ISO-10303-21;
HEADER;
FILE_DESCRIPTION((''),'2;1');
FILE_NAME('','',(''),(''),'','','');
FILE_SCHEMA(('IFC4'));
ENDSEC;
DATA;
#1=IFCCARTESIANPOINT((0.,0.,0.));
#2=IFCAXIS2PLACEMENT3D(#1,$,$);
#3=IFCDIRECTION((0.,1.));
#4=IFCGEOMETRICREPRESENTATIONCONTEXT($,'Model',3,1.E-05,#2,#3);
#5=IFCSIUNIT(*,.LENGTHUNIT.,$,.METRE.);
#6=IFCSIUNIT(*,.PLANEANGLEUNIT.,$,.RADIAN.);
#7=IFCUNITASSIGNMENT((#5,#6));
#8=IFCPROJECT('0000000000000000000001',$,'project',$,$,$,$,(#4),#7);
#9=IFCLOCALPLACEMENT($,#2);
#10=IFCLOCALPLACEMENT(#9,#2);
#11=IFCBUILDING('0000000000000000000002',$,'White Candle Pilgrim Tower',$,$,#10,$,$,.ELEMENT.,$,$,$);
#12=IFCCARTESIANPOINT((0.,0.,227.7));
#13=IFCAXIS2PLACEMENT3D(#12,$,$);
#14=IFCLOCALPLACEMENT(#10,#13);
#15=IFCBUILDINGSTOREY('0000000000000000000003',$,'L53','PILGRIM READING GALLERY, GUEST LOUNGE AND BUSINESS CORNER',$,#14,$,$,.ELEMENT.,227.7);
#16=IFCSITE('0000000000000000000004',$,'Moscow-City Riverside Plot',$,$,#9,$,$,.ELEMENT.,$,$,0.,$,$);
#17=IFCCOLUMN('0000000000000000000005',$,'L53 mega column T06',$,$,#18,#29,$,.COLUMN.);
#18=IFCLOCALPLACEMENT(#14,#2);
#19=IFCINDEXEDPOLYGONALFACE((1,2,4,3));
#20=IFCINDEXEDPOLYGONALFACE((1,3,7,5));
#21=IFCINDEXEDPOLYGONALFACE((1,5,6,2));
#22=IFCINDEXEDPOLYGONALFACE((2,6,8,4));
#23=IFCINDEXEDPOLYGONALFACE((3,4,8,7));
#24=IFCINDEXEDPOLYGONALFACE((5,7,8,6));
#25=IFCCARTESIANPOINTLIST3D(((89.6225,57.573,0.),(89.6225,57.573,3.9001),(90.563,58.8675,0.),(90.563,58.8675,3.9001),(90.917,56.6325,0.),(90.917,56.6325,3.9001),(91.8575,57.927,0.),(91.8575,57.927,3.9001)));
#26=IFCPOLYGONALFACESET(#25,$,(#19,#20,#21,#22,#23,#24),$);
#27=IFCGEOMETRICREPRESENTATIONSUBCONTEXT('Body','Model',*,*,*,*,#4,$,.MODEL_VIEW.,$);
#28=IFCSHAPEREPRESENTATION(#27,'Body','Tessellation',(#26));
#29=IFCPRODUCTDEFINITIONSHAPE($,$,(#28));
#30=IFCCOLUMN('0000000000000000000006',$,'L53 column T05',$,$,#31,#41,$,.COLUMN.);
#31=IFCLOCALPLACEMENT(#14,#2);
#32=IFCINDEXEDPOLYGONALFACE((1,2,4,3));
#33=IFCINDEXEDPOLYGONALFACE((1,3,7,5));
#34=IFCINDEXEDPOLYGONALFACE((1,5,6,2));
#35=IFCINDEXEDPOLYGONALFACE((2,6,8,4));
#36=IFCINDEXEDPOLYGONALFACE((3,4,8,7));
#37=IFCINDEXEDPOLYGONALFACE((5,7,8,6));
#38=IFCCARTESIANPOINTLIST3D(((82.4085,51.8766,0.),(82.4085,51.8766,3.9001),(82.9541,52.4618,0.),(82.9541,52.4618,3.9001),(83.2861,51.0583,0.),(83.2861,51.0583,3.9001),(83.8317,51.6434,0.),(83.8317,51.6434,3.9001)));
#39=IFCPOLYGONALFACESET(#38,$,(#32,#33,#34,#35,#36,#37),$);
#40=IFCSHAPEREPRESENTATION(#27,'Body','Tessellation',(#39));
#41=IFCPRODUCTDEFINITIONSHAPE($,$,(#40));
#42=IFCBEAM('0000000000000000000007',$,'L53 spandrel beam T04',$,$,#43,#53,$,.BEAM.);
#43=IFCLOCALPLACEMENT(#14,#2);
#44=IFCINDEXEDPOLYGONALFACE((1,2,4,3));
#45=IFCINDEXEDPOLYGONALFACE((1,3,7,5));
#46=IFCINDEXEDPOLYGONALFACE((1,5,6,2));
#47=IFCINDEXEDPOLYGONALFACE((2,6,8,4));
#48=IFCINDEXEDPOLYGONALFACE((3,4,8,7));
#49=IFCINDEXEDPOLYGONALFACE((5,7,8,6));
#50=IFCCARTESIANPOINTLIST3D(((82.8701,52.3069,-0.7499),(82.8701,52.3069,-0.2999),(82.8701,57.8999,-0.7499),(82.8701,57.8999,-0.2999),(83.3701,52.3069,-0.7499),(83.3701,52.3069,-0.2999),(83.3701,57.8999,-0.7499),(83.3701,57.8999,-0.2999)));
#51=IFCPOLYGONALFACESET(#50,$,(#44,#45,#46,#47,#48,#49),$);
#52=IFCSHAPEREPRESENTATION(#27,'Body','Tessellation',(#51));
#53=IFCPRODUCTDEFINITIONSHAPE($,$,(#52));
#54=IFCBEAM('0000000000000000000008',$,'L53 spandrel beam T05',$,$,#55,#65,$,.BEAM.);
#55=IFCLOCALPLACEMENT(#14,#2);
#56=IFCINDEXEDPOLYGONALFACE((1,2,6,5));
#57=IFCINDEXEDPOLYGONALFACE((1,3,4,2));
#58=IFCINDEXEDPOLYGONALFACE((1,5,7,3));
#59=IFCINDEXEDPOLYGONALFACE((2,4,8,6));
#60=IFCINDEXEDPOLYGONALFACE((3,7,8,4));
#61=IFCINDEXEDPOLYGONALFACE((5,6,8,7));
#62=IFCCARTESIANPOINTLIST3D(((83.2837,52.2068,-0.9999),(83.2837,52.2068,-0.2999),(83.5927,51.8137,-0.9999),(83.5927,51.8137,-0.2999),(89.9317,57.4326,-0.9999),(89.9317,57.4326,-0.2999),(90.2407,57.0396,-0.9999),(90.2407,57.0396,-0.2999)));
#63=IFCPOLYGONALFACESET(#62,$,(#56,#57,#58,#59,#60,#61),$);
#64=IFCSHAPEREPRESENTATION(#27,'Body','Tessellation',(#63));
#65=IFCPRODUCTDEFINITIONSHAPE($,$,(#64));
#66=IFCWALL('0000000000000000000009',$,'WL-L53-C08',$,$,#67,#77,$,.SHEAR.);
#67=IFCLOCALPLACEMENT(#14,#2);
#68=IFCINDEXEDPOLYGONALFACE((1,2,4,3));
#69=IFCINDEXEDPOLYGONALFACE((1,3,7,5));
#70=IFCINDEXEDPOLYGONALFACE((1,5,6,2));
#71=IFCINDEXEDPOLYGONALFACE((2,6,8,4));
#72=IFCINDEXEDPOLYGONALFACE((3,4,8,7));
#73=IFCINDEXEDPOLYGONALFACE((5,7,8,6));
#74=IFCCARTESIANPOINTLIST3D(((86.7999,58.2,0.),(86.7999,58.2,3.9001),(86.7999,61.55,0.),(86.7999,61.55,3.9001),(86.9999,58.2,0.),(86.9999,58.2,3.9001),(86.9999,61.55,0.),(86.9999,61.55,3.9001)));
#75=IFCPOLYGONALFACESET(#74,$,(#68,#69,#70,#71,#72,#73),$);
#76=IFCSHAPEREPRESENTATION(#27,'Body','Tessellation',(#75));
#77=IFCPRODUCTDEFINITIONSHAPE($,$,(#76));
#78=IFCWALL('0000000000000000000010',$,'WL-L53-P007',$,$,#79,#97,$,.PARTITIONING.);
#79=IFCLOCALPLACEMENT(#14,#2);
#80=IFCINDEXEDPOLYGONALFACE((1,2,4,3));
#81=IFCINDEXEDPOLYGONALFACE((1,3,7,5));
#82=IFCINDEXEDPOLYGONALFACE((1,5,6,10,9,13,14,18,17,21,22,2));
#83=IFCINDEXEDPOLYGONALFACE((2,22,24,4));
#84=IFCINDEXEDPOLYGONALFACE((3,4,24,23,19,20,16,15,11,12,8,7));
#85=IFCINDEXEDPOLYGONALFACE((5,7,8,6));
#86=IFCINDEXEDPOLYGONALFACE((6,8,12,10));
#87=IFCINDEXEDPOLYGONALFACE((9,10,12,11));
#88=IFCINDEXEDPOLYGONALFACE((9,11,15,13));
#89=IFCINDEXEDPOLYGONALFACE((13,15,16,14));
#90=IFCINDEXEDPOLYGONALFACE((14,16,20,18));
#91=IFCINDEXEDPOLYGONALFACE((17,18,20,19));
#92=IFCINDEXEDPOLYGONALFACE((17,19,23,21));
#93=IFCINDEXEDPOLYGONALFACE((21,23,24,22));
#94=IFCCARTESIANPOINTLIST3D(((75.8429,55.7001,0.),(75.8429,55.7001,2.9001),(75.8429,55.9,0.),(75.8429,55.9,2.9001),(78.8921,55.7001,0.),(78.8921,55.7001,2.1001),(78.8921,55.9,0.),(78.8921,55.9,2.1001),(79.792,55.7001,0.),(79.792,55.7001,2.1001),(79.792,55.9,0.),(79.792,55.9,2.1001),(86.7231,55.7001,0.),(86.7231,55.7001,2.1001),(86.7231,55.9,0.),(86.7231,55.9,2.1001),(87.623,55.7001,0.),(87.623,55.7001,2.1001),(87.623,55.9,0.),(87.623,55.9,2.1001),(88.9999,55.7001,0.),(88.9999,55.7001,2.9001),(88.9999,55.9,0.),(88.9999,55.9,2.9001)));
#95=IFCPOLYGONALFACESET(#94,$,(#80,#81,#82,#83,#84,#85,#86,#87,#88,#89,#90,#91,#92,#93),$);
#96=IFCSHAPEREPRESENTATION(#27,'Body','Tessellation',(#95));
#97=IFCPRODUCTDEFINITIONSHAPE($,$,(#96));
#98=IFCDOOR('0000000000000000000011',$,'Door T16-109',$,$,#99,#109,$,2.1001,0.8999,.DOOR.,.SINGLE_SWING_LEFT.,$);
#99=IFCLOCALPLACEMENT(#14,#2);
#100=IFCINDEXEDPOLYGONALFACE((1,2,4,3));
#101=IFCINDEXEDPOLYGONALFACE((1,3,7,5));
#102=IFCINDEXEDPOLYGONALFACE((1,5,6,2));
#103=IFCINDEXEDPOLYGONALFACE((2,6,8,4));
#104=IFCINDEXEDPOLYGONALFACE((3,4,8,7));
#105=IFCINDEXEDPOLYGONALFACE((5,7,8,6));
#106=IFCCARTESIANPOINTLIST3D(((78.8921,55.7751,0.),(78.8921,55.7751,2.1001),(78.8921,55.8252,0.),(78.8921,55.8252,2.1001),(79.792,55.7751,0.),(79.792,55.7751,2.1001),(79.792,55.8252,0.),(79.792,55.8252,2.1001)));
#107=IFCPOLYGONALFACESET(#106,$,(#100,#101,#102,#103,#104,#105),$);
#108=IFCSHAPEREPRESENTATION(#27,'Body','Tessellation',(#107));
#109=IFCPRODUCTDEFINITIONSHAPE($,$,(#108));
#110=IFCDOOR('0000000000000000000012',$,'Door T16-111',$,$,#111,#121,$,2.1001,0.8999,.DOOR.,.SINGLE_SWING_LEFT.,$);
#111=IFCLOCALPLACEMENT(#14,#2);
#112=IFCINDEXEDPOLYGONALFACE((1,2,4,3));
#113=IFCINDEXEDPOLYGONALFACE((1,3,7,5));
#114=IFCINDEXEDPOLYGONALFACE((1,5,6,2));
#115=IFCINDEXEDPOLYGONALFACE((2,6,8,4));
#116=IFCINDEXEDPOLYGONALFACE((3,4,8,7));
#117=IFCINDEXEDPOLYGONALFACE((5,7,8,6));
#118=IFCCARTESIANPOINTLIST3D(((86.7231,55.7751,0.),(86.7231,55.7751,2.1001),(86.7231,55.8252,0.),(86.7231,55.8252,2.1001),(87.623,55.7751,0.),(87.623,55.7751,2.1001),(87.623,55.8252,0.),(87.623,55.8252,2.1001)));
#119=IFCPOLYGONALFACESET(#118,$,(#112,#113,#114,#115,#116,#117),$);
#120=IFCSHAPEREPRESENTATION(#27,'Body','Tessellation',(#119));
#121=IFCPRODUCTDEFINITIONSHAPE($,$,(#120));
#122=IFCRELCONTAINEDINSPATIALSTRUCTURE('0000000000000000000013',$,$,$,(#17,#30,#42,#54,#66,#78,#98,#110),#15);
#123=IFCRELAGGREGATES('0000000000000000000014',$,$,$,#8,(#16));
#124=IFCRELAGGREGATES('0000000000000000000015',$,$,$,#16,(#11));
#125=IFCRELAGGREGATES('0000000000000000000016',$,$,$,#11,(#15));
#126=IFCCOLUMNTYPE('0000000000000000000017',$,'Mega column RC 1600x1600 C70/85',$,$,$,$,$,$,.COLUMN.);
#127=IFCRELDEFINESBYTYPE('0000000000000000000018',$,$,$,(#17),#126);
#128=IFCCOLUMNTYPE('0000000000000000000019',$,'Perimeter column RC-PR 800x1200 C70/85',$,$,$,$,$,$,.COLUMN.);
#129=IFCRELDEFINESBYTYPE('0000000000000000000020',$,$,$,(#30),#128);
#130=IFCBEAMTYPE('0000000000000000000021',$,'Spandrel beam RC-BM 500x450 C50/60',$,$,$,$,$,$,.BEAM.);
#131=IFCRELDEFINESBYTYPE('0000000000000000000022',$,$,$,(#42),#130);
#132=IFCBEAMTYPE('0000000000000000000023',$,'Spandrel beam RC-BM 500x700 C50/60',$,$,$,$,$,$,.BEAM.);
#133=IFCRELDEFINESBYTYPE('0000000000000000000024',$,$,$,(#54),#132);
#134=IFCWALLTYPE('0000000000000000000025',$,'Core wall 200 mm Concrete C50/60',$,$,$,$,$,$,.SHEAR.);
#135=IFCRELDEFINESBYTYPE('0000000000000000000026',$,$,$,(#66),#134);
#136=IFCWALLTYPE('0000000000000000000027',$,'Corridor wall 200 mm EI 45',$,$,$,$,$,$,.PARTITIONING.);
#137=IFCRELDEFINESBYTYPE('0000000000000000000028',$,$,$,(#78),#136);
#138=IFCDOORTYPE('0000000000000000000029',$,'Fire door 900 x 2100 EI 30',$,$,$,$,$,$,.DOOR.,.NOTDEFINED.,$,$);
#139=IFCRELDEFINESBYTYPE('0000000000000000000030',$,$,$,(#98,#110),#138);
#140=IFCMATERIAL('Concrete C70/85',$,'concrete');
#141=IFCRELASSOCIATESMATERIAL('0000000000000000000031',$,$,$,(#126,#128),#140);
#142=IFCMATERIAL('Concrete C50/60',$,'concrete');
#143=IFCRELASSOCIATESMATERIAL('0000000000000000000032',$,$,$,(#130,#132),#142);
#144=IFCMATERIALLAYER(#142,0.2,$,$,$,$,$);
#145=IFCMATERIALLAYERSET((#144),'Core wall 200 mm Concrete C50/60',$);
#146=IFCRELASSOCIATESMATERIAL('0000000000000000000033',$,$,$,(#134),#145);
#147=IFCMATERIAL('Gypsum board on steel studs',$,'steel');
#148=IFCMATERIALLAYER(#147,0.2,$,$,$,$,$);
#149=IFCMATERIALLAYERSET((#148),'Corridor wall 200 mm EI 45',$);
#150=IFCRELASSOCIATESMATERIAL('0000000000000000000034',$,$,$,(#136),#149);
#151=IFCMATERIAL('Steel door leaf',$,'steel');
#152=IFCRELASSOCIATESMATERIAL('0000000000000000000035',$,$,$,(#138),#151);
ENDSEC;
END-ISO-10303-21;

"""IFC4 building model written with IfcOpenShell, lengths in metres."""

from ifc_helpers import new_model, si_unit, direction, frame, frame_2d, origin, origin_2d, place, context, subcontext, project, spatial, rectangle, extrude, material, layer, layer_set, material_profile, profile_set, type_object, element, fill, save


model = new_model("IFC4")

# Units and contexts
model_context = context("Model", 3, precision=1e-05, world=origin(), true_north=direction((0.0, 1.0)))
body_context = subcontext(model_context, "Body", "Model", "MODEL_VIEW")
ifc_project = project(units=[si_unit("LENGTHUNIT", "METRE"), si_unit("PLANEANGLEUNIT", "RADIAN")], contexts=[model_context])

# Site, building, storey
site_placement = place(None, origin())
site = spatial("IfcSite", under=ifc_project, at=site_placement, Name="Moscow-City Riverside Plot", CompositionType="ELEMENT", RefElevation=0.0)
building_placement = place(site_placement, origin())
building = spatial("IfcBuilding", under=site, at=building_placement, Name="White Candle Pilgrim Tower", CompositionType="ELEMENT")
storey_placement = place(building_placement, frame((0.0, 0.0, 227.7)))
storey = spatial("IfcBuildingStorey", under=building, at=storey_placement, Name="L53", Description="PILGRIM READING GALLERY, GUEST LOUNGE AND BUSINESS CORNER", CompositionType="ELEMENT", Elevation=227.7)

# Columns
ifc_material_1 = material(Name="Concrete C70/85", Category="concrete")
ifc_material_profile_1 = material_profile(ifc_material_1, rectangle(XDim=1.6001, YDim=1.6001, at=origin_2d()), Name="RC 1600x1600")
ifc_profile_set_1 = profile_set([ifc_material_profile_1], Name="Concrete C70/85")
column_type_1 = type_object("IfcColumnType", Name="Mega column RC 1600x1600 C70/85", PredefinedType="COLUMN", material=ifc_profile_set_1)
column_1_placement = place(storey_placement, frame((90.74, 57.75, 0.0), z_axis=(0.0, 0.0, 1.0), x_axis=(0.809017, -0.587785, 0.0)))
element("IfcColumn", 1, at=column_1_placement, inside=storey, type_object=column_type_1, Name="L53 mega column T06", PredefinedType="COLUMN", context=body_context, shape_type="SweptSolid", body=[
    extrude(rectangle(XDim=1.6001, YDim=1.6001, at=origin_2d()), origin(), (0.0, 0.0, 1.0), 3.9001),
])
ifc_material_profile_2 = material_profile(ifc_material_1, rectangle(XDim=0.8, YDim=1.2, at=origin_2d()), Name="RC-PR 800x1200")
ifc_profile_set_2 = profile_set([ifc_material_profile_2], Name="Concrete C70/85")
column_type_2 = type_object("IfcColumnType", Name="Perimeter column RC-PR 800x1200 C70/85", PredefinedType="COLUMN", material=ifc_profile_set_2)
column_2_placement = place(storey_placement, frame((83.1201, 51.76, 0.0), z_axis=(0.0, 0.0, 1.0), x_axis=(-0.681998, -0.731354, 0.0)))
element("IfcColumn", 2, at=column_2_placement, inside=storey, type_object=column_type_2, Name="L53 column T05", PredefinedType="COLUMN", context=body_context, shape_type="SweptSolid", body=[
    extrude(rectangle(XDim=0.8, YDim=1.2, at=origin_2d()), origin(), (0.0, 0.0, 1.0), 3.9001),
])

# Beams
ifc_material_2 = material(Name="Concrete C50/60", Category="concrete")
ifc_material_profile_3 = material_profile(ifc_material_2, rectangle(XDim=0.5, YDim=0.45, at=origin_2d()), Name="RC-BM 500x450")
ifc_profile_set_3 = profile_set([ifc_material_profile_3], Name="Concrete C50/60")
beam_type_1 = type_object("IfcBeamType", Name="Spandrel beam RC-BM 500x450 C50/60", PredefinedType="BEAM", material=ifc_profile_set_3)
beam_1_placement = place(storey_placement, frame((83.1201, 52.3069, -0.5249), z_axis=(0.0, 1.0, 0.0), x_axis=(-1.0, 0.0, 0.0)))
element("IfcBeam", 3, at=beam_1_placement, inside=storey, type_object=beam_type_1, Name="L53 spandrel beam T04", PredefinedType="BEAM", context=body_context, shape_type="SweptSolid", body=[
    extrude(rectangle(XDim=0.5, YDim=0.45, at=origin_2d()), origin(), (0.0, 0.0, 1.0), 5.593),
])
ifc_material_profile_4 = material_profile(ifc_material_2, rectangle(XDim=0.5, YDim=0.7, at=origin_2d()), Name="RC-BM 500x700")
ifc_profile_set_4 = profile_set([ifc_material_profile_4], Name="Concrete C50/60")
beam_type_2 = type_object("IfcBeamType", Name="Spandrel beam RC-BM 500x700 C50/60", PredefinedType="BEAM", material=ifc_profile_set_4)
beam_2_placement = place(storey_placement, frame((83.4382, 52.0103, -0.6499), z_axis=(0.786178, 0.618, 0.0), x_axis=(-0.618, 0.786178, 0.0)))
element("IfcBeam", 4, at=beam_2_placement, inside=storey, type_object=beam_type_2, Name="L53 spandrel beam T05", PredefinedType="BEAM", context=body_context, shape_type="SweptSolid", body=[
    extrude(rectangle(XDim=0.5, YDim=0.7, at=origin_2d()), origin(), (0.0, 0.0, 1.0), 8.4561),
])

# Wall
ifc_layer_1 = layer(ifc_material_2, 0.2)
ifc_layer_set_1 = layer_set([ifc_layer_1], Name="Core wall 200 mm Concrete C50/60")
wall_type_1 = type_object("IfcWallType", Name="Core wall 200 mm Concrete C50/60", PredefinedType="SHEAR", material=ifc_layer_set_1)
wall_1_placement = place(storey_placement, frame((86.8999, 58.2, 0.0), z_axis=(0.0, 0.0, 1.0), x_axis=(0.0, 1.0, 0.0)))
element("IfcWall", 5, at=wall_1_placement, inside=storey, type_object=wall_type_1, Name="WL-L53-C08", PredefinedType="SHEAR", context=body_context, shape_type="SweptSolid", body=[
    extrude(rectangle(XDim=3.3501, YDim=0.2, at=frame_2d((1.675, 0.0))), origin(), (0.0, 0.0, 1.0), 3.9001),
])

# Wall, openings, doors
ifc_material_3 = material(Name="Gypsum board on steel studs", Category="steel")
ifc_layer_2 = layer(ifc_material_3, 0.2)
ifc_layer_set_2 = layer_set([ifc_layer_2], Name="Corridor wall 200 mm EI 45")
wall_type_2 = type_object("IfcWallType", Name="Corridor wall 200 mm EI 45", PredefinedType="PARTITIONING", material=ifc_layer_set_2)
wall_2_placement = place(storey_placement, frame((89.0, 55.8, 0.0), z_axis=(0.0, 0.0, 1.0), x_axis=(-1.0, 0.0, 0.0)))
wall_2 = element("IfcWall", 6, at=wall_2_placement, inside=storey, type_object=wall_type_2, Name="WL-L53-P007", PredefinedType="PARTITIONING", context=body_context, shape_type="SweptSolid", body=[
    extrude(rectangle(XDim=13.157, YDim=0.2, at=frame_2d((6.5786, 0.0))), origin(), (0.0, 0.0, 1.0), 2.9001),
])
opening_1_placement = place(wall_2_placement, frame((9.208, 0.0, 0.0)))
opening_1 = element("IfcOpeningElement", 7, at=opening_1_placement, cuts=wall_2, PredefinedType="OPENING", context=body_context, shape_type="SweptSolid", body=[
    extrude(rectangle(XDim=0.8999, YDim=2.1001, at=frame_2d((0.45, 1.05))), frame((0.0, 0.1099, 0.0), z_axis=(0.0, -1.0, 0.0), x_axis=(1.0, 0.0, 0.0)), (0.0, 0.0, 1.0), 0.22),
])
opening_2_placement = place(wall_2_placement, frame((1.377, 0.0, 0.0)))
opening_2 = element("IfcOpeningElement", 8, at=opening_2_placement, cuts=wall_2, PredefinedType="OPENING", context=body_context, shape_type="SweptSolid", body=[
    extrude(rectangle(XDim=0.8999, YDim=2.1001, at=frame_2d((0.45, 1.05))), frame((0.0, 0.1099, 0.0), z_axis=(0.0, -1.0, 0.0), x_axis=(1.0, 0.0, 0.0)), (0.0, 0.0, 1.0), 0.22),
])
ifc_material_4 = material(Name="Steel door leaf", Category="steel")
door_type_1 = type_object("IfcDoorType", Name="Fire door 900 x 2100 EI 30", OperationType="NOTDEFINED", PredefinedType="DOOR", material=ifc_material_4)
door_1_placement = place(opening_1_placement, origin())
door_1 = element("IfcDoor", 9, at=door_1_placement, inside=storey, type_object=door_type_1, Name="Door T16-109", OperationType="SINGLE_SWING_LEFT", OverallHeight=2.1001, OverallWidth=0.8999, PredefinedType="DOOR", context=body_context, shape_type="SweptSolid", body=[
    extrude(rectangle(XDim=0.8999, YDim=2.1001, at=frame_2d((0.45, 1.05))), frame((0.0, 0.0249, 0.0), z_axis=(0.0, -1.0, 0.0), x_axis=(1.0, 0.0, 0.0)), (0.0, 0.0, 1.0), 0.05),
])
fill(opening_1, door_1)
door_2_placement = place(opening_2_placement, origin())
door_2 = element("IfcDoor", 10, at=door_2_placement, inside=storey, type_object=door_type_1, Name="Door T16-111", OperationType="SINGLE_SWING_LEFT", OverallHeight=2.1001, OverallWidth=0.8999, PredefinedType="DOOR", context=body_context, shape_type="SweptSolid", body=[
    extrude(rectangle(XDim=0.8999, YDim=2.1001, at=frame_2d((0.45, 1.05))), frame((0.0, 0.0249, 0.0), z_axis=(0.0, -1.0, 0.0), x_axis=(1.0, 0.0, 0.0)), (0.0, 0.0, 1.0), 0.05),
])
fill(opening_2, door_2)

save(model, "model.ifc")
